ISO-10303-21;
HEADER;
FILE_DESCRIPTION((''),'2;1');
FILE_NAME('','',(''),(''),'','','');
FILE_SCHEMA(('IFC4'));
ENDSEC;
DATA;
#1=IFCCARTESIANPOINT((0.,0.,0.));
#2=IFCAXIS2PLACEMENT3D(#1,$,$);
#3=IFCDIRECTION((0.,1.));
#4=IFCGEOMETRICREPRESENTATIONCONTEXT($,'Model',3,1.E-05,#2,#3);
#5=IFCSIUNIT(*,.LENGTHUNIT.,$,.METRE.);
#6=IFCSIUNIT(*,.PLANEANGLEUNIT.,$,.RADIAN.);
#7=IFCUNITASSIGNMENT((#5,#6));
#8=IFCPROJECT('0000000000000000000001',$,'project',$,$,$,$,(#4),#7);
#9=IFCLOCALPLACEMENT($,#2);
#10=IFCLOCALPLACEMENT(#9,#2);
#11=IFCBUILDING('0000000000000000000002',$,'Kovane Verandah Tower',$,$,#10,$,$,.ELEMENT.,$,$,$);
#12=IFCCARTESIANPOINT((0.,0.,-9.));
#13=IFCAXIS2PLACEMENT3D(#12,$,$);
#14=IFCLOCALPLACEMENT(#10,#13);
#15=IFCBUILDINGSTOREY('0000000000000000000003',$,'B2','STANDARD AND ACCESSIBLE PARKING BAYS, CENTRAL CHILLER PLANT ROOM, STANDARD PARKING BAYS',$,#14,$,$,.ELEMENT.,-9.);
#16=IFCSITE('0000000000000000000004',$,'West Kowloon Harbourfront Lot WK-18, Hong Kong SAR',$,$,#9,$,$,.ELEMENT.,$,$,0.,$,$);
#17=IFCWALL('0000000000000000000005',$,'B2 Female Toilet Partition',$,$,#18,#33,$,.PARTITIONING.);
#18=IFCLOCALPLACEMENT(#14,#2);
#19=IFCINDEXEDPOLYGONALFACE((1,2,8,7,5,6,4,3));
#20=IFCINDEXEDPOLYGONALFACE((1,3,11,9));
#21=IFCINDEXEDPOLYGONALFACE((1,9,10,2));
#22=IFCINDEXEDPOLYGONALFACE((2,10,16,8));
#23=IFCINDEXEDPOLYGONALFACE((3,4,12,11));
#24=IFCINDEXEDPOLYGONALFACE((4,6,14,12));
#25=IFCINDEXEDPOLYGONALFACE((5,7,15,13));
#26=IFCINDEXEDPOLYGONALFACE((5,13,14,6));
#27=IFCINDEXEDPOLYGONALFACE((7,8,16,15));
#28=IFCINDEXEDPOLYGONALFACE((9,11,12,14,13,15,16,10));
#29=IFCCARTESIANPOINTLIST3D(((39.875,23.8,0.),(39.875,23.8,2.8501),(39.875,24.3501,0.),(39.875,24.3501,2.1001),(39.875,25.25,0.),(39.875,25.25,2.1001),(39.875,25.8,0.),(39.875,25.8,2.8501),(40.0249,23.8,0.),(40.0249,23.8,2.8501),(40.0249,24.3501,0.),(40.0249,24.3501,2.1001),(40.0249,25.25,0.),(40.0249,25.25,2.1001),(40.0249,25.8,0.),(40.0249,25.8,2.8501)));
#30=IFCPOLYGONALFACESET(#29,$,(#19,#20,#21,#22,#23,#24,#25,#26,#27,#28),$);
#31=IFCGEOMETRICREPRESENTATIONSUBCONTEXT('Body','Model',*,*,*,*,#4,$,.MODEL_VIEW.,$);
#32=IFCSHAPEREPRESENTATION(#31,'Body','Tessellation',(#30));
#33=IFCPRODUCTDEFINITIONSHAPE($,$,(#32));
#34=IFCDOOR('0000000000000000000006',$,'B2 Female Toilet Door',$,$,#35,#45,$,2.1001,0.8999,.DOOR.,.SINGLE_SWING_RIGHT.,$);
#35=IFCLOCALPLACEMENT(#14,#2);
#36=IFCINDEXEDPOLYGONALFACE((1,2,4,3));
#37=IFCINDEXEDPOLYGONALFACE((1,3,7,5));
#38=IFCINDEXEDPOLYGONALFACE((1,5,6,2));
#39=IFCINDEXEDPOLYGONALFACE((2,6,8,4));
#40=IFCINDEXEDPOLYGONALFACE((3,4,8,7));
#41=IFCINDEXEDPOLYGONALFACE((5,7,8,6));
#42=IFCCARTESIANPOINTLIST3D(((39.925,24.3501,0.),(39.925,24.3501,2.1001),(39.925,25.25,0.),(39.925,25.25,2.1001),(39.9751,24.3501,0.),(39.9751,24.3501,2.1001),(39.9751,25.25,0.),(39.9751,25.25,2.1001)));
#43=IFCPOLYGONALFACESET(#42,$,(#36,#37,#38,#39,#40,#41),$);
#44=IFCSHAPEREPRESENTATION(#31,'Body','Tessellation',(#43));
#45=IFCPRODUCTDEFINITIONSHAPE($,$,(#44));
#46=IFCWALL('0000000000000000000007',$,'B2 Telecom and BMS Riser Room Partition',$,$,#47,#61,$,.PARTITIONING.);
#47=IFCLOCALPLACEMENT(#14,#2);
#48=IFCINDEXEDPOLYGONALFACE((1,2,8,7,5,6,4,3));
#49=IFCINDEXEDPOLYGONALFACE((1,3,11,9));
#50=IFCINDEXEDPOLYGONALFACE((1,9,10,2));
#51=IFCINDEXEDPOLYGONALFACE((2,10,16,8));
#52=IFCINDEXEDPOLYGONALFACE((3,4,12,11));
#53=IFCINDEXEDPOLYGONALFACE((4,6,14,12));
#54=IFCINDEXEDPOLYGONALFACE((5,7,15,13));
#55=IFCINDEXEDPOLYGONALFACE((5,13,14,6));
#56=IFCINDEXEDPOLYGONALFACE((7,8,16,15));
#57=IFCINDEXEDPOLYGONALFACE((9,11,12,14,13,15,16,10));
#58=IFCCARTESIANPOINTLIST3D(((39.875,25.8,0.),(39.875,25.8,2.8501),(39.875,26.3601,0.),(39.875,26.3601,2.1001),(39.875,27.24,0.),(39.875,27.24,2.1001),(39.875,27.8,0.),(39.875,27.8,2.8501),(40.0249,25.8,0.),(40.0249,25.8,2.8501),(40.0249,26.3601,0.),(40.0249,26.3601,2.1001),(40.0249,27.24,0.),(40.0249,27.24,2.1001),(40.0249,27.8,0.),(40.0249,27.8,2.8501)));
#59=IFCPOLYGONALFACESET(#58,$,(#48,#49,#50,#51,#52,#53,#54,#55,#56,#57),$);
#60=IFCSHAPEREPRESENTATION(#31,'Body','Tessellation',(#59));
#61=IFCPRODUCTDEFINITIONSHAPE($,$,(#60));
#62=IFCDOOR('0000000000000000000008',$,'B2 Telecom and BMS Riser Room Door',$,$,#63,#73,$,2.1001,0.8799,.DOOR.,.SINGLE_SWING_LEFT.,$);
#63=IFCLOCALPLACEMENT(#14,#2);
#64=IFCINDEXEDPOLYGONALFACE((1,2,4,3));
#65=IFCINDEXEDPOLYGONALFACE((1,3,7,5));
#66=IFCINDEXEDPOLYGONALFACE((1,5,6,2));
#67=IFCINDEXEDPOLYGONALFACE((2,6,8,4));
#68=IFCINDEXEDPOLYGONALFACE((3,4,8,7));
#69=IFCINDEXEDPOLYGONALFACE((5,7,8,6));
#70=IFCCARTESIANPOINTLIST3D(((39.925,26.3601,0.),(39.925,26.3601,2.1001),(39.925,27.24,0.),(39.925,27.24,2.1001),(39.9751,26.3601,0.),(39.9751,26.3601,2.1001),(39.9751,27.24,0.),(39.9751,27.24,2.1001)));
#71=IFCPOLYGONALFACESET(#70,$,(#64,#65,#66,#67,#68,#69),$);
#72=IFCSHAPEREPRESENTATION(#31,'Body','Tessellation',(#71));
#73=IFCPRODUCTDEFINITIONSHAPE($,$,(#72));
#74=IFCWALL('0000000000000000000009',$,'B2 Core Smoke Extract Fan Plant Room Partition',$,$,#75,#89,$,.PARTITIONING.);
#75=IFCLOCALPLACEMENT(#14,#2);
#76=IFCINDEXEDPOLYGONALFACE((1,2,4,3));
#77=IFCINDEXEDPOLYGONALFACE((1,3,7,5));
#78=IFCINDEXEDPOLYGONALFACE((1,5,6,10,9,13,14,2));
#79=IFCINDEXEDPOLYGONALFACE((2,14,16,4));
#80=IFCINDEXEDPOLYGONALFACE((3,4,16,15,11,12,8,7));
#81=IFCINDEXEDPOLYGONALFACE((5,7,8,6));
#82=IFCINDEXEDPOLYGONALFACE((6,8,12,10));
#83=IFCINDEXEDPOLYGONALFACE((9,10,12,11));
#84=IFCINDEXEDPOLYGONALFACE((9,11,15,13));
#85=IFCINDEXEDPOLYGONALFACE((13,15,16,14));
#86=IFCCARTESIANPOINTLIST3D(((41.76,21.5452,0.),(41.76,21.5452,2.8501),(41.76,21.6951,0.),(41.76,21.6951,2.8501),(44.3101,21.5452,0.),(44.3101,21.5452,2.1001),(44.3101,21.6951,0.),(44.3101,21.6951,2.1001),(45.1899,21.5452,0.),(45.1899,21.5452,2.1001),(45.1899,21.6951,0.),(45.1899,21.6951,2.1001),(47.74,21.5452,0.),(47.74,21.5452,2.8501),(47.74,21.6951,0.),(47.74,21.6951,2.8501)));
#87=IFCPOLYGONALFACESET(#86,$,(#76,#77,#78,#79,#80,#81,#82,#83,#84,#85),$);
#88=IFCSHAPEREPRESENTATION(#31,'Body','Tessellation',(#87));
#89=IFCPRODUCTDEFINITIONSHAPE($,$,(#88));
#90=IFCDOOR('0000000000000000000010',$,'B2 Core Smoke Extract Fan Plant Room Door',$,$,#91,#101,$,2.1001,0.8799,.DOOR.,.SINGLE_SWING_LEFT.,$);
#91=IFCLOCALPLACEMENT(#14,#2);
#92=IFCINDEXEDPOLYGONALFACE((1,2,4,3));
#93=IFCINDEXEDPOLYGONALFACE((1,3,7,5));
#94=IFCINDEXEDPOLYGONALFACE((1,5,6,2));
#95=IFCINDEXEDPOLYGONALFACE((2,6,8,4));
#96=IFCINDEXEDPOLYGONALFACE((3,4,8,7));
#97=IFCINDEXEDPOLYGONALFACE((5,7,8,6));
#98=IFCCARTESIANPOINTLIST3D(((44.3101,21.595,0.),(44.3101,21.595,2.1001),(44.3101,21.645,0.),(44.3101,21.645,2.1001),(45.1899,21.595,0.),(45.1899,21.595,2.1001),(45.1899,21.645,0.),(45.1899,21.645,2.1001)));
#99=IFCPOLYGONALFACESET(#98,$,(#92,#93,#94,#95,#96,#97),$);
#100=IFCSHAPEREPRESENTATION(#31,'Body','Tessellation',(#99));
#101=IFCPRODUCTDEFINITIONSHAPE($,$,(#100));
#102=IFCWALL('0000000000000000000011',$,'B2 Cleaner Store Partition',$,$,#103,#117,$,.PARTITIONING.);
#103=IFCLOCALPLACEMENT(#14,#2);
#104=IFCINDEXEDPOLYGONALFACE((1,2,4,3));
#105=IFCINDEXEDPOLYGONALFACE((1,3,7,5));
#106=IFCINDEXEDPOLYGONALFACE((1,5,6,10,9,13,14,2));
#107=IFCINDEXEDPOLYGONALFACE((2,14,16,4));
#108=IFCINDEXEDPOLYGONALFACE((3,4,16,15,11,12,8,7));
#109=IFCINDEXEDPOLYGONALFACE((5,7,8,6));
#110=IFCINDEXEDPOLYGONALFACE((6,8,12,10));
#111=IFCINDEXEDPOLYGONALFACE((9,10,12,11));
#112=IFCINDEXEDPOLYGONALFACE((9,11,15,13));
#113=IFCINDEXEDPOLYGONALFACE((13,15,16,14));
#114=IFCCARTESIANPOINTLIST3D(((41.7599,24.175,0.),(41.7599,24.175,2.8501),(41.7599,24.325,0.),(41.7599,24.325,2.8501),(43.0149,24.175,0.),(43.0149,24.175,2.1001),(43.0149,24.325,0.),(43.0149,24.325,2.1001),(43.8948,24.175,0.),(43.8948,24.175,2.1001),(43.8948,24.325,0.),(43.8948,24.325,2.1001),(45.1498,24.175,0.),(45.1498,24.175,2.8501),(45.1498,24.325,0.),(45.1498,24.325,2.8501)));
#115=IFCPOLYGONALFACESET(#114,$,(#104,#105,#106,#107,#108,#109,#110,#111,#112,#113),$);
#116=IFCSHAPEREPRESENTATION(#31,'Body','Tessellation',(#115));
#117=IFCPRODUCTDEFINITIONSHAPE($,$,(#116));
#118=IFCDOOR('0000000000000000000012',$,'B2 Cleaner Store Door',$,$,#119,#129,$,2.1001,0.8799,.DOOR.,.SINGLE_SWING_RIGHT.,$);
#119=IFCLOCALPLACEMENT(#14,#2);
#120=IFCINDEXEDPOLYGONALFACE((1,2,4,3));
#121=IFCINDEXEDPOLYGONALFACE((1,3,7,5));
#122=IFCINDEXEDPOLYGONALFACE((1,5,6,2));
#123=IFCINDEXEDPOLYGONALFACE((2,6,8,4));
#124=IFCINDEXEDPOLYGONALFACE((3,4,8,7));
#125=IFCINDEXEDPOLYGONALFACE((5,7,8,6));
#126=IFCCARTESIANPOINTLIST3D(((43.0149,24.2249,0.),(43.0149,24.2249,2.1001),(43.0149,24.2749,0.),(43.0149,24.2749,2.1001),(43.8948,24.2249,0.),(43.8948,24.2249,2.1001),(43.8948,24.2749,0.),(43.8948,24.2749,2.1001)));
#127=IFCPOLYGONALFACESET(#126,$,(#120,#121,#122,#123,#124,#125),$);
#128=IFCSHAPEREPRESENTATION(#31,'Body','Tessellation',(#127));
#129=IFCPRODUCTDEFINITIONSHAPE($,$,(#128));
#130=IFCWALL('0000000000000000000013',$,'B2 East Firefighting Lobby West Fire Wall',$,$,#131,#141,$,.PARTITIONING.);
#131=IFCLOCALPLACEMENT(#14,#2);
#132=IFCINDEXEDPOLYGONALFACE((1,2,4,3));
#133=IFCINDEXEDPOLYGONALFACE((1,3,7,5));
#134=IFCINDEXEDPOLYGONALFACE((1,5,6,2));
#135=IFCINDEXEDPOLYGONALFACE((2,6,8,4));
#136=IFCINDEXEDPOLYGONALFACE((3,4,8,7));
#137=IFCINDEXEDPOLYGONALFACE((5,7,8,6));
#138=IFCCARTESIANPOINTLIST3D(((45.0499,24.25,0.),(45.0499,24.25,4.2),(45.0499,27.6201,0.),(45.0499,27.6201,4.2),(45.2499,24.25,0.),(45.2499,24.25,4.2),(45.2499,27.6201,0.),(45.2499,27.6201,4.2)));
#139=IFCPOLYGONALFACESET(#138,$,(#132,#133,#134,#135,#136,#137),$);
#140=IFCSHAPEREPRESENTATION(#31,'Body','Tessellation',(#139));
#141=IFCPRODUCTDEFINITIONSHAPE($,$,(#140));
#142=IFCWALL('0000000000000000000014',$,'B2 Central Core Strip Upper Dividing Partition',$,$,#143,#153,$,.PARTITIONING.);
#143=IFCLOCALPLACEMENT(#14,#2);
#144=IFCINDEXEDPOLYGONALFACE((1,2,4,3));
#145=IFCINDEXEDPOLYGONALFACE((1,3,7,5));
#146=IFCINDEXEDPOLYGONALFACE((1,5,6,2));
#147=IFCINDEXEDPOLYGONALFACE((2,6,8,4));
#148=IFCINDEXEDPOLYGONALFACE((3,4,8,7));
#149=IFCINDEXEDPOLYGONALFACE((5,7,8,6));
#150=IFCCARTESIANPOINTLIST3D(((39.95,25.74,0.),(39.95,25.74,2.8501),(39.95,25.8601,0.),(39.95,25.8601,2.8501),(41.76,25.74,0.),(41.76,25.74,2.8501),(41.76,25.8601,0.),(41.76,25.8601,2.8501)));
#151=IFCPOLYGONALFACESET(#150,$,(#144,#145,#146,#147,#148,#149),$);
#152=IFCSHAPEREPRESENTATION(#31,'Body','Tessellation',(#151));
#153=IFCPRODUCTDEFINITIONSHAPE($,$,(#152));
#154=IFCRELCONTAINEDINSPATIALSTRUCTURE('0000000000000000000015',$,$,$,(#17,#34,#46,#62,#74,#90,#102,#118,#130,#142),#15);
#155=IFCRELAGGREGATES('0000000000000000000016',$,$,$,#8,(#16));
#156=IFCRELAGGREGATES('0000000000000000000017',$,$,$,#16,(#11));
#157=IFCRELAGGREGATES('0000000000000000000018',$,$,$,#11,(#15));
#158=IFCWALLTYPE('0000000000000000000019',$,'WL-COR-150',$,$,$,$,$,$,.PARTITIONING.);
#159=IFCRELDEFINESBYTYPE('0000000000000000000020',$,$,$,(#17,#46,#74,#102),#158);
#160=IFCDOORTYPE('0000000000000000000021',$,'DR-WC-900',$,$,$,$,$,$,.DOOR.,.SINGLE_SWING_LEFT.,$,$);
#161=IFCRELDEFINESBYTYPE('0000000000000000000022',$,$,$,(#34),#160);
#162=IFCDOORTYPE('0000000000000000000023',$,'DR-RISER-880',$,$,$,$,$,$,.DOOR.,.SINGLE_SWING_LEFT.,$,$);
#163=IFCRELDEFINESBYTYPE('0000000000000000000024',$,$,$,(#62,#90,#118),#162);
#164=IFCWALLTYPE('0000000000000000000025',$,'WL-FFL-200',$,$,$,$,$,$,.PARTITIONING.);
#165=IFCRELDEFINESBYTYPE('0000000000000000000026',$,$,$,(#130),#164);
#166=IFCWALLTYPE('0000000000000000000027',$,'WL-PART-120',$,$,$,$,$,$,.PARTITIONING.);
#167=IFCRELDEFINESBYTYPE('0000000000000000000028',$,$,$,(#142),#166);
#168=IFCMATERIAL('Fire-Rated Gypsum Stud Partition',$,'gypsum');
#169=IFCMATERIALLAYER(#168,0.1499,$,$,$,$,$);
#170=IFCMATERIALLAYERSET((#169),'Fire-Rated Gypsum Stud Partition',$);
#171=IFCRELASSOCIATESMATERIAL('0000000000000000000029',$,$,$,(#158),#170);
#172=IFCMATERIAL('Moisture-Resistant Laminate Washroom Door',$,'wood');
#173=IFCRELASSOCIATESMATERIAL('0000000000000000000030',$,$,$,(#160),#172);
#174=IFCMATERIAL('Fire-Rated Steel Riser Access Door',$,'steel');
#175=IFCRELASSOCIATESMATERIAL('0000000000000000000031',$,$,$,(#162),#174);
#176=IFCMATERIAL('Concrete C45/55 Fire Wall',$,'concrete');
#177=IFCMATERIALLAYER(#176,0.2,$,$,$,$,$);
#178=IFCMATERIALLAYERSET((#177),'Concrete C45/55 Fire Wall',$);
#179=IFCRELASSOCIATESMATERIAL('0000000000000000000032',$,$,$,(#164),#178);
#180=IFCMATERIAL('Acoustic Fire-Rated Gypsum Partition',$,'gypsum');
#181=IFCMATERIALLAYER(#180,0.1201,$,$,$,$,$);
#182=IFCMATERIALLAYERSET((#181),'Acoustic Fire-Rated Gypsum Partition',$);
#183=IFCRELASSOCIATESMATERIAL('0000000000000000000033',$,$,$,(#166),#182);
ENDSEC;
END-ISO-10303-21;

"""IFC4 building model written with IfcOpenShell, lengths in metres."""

from ifc_helpers import new_model, si_unit, direction, frame, frame_2d, origin, place, context, subcontext, project, spatial, rectangle, extrude, material, layer, layer_set, type_object, element, fill, save


model = new_model("IFC4")

# Units and contexts
model_context = context("Model", 3, precision=1e-05, world=origin(), true_north=direction((0.0, 1.0)))
body_context = subcontext(model_context, "Body", "Model", "MODEL_VIEW")
ifc_project = project(units=[si_unit("LENGTHUNIT", "METRE"), si_unit("PLANEANGLEUNIT", "RADIAN")], contexts=[model_context])

# Site, building, storey
site_placement = place(None, origin())
site = spatial("IfcSite", under=ifc_project, at=site_placement, Name="West Kowloon Harbourfront Lot WK-18, Hong Kong SAR", CompositionType="ELEMENT", RefElevation=0.0)
building_placement = place(site_placement, origin())
building = spatial("IfcBuilding", under=site, at=building_placement, Name="Kovane Verandah Tower", CompositionType="ELEMENT")
storey_placement = place(building_placement, frame((0.0, 0.0, -9.0)))
storey = spatial("IfcBuildingStorey", under=building, at=storey_placement, Name="B2", Description="STANDARD AND ACCESSIBLE PARKING BAYS, CENTRAL CHILLER PLANT ROOM, STANDARD PARKING BAYS", CompositionType="ELEMENT", Elevation=-9.0)

# Shared definitions
ifc_material_1 = material(Name="Fire-Rated Gypsum Stud Partition", Category="gypsum")
ifc_layer_1 = layer(ifc_material_1, 0.1499)
ifc_layer_set_1 = layer_set([ifc_layer_1], Name="Fire-Rated Gypsum Stud Partition")
wall_type_1 = type_object("IfcWallType", Name="WL-COR-150", PredefinedType="PARTITIONING", material=ifc_layer_set_1)

# Walls, openings, doors
ifc_material_2 = material(Name="Moisture-Resistant Laminate Washroom Door", Category="wood")
door_type_1 = type_object("IfcDoorType", Name="DR-WC-900", OperationType="SINGLE_SWING_LEFT", PredefinedType="DOOR", material=ifc_material_2)
wall_1_placement = place(storey_placement, frame((39.95, 23.8, 0.0), z_axis=(0.0, 0.0, 1.0), x_axis=(0.0, 1.0, 0.0)))
wall_1 = element("IfcWall", 1, at=wall_1_placement, inside=storey, type_object=wall_type_1, Name="B2 Female Toilet Partition", PredefinedType="PARTITIONING", context=body_context, shape_type="SweptSolid", body=[
    extrude(rectangle(XDim=2.0, YDim=0.1499, at=frame_2d((1.0, 0.0))), origin(), (0.0, 0.0, 1.0), 2.8501),
])
opening_1_placement = place(wall_1_placement, frame((0.55, 0.0, 0.0)))
opening_1 = element("IfcOpeningElement", 2, at=opening_1_placement, cuts=wall_1, PredefinedType="OPENING", context=body_context, shape_type="SweptSolid", body=[
    extrude(rectangle(XDim=0.8999, YDim=2.1001, at=frame_2d((0.45, 1.05))), frame((0.0, 0.075, 0.0), z_axis=(0.0, -1.0, 0.0), x_axis=(1.0, 0.0, 0.0)), (0.0, 0.0, 1.0), 0.1499),
])
door_1_placement = place(opening_1_placement, origin())
door_1 = element("IfcDoor", 3, at=door_1_placement, inside=storey, type_object=door_type_1, Name="B2 Female Toilet Door", OperationType="SINGLE_SWING_RIGHT", OverallHeight=2.1001, OverallWidth=0.8999, PredefinedType="DOOR", context=body_context, shape_type="SweptSolid", body=[
    extrude(rectangle(XDim=0.8999, YDim=2.1001, at=frame_2d((0.45, 1.05))), frame((0.0, 0.0249, 0.0), z_axis=(0.0, -1.0, 0.0), x_axis=(1.0, 0.0, 0.0)), (0.0, 0.0, 1.0), 0.05),
])
fill(opening_1, door_1)
wall_2_placement = place(storey_placement, frame((39.95, 25.8, 0.0), z_axis=(0.0, 0.0, 1.0), x_axis=(0.0, 1.0, 0.0)))
wall_2 = element("IfcWall", 4, at=wall_2_placement, inside=storey, type_object=wall_type_1, Name="B2 Telecom and BMS Riser Room Partition", PredefinedType="PARTITIONING", context=body_context, shape_type="SweptSolid", body=[
    extrude(rectangle(XDim=2.0, YDim=0.1499, at=frame_2d((1.0, 0.0))), origin(), (0.0, 0.0, 1.0), 2.8501),
])
opening_2_placement = place(wall_2_placement, frame((0.5601, 0.0, 0.0)))
opening_2 = element("IfcOpeningElement", 5, at=opening_2_placement, cuts=wall_2, PredefinedType="OPENING", context=body_context, shape_type="SweptSolid", body=[
    extrude(rectangle(XDim=0.8799, YDim=2.1001, at=frame_2d((0.4399, 1.05))), frame((0.0, 0.075, 0.0), z_axis=(0.0, -1.0, 0.0), x_axis=(1.0, 0.0, 0.0)), (0.0, 0.0, 1.0), 0.1499),
])
ifc_material_3 = material(Name="Fire-Rated Steel Riser Access Door", Category="steel")
door_type_2 = type_object("IfcDoorType", Name="DR-RISER-880", OperationType="SINGLE_SWING_LEFT", PredefinedType="DOOR", material=ifc_material_3)
door_2_placement = place(opening_2_placement, origin())
door_2 = element("IfcDoor", 6, at=door_2_placement, inside=storey, type_object=door_type_2, Name="B2 Telecom and BMS Riser Room Door", OperationType="SINGLE_SWING_LEFT", OverallHeight=2.1001, OverallWidth=0.8799, PredefinedType="DOOR", context=body_context, shape_type="SweptSolid", body=[
    extrude(rectangle(XDim=0.8799, YDim=2.1001, at=frame_2d((0.4399, 1.05))), frame((0.0, 0.0249, 0.0), z_axis=(0.0, -1.0, 0.0), x_axis=(1.0, 0.0, 0.0)), (0.0, 0.0, 1.0), 0.05),
])
fill(opening_2, door_2)
wall_3_placement = place(storey_placement, frame((41.76, 21.6201, 0.0), z_axis=(0.0, 0.0, 1.0), x_axis=(1.0, 0.0, 0.0)))
wall_3 = element("IfcWall", 7, at=wall_3_placement, inside=storey, type_object=wall_type_1, Name="B2 Core Smoke Extract Fan Plant Room Partition", PredefinedType="PARTITIONING", context=body_context, shape_type="SweptSolid", body=[
    extrude(rectangle(XDim=5.98, YDim=0.1499, at=frame_2d((2.99, 0.0))), origin(), (0.0, 0.0, 1.0), 2.8501),
])
opening_3_placement = place(wall_3_placement, frame((2.55, 0.0, 0.0)))
opening_3 = element("IfcOpeningElement", 8, at=opening_3_placement, cuts=wall_3, PredefinedType="OPENING", context=body_context, shape_type="SweptSolid", body=[
    extrude(rectangle(XDim=0.8799, YDim=2.1001, at=frame_2d((0.4399, 1.05))), frame((0.0, 0.075, 0.0), z_axis=(0.0, -1.0, 0.0), x_axis=(1.0, 0.0, 0.0)), (0.0, 0.0, 1.0), 0.1499),
])
door_3_placement = place(opening_3_placement, origin())
door_3 = element("IfcDoor", 9, at=door_3_placement, inside=storey, type_object=door_type_2, Name="B2 Core Smoke Extract Fan Plant Room Door", OperationType="SINGLE_SWING_LEFT", OverallHeight=2.1001, OverallWidth=0.8799, PredefinedType="DOOR", context=body_context, shape_type="SweptSolid", body=[
    extrude(rectangle(XDim=0.8799, YDim=2.1001, at=frame_2d((0.4399, 1.05))), frame((0.0, 0.0249, 0.0), z_axis=(0.0, -1.0, 0.0), x_axis=(1.0, 0.0, 0.0)), (0.0, 0.0, 1.0), 0.05),
])
fill(opening_3, door_3)
wall_4_placement = place(storey_placement, frame((41.76, 24.25, 0.0), z_axis=(0.0, 0.0, 1.0), x_axis=(1.0, 0.0, 0.0)))
wall_4 = element("IfcWall", 10, at=wall_4_placement, inside=storey, type_object=wall_type_1, Name="B2 Cleaner Store Partition", PredefinedType="PARTITIONING", context=body_context, shape_type="SweptSolid", body=[
    extrude(rectangle(XDim=3.3899, YDim=0.1499, at=frame_2d((1.6948, 0.0))), origin(), (0.0, 0.0, 1.0), 2.8501),
])
opening_4_placement = place(wall_4_placement, frame((1.2549, 0.0, 0.0)))
opening_4 = element("IfcOpeningElement", 11, at=opening_4_placement, cuts=wall_4, PredefinedType="OPENING", context=body_context, shape_type="SweptSolid", body=[
    extrude(rectangle(XDim=0.8799, YDim=2.1001, at=frame_2d((0.4399, 1.05))), frame((0.0, 0.075, 0.0), z_axis=(0.0, -1.0, 0.0), x_axis=(1.0, 0.0, 0.0)), (0.0, 0.0, 1.0), 0.1499),
])
door_4_placement = place(opening_4_placement, origin())
door_4 = element("IfcDoor", 12, at=door_4_placement, inside=storey, type_object=door_type_2, Name="B2 Cleaner Store Door", OperationType="SINGLE_SWING_RIGHT", OverallHeight=2.1001, OverallWidth=0.8799, PredefinedType="DOOR", context=body_context, shape_type="SweptSolid", body=[
    extrude(rectangle(XDim=0.8799, YDim=2.1001, at=frame_2d((0.4399, 1.05))), frame((0.0, 0.0249, 0.0), z_axis=(0.0, -1.0, 0.0), x_axis=(1.0, 0.0, 0.0)), (0.0, 0.0, 1.0), 0.05),
])
fill(opening_4, door_4)

# Walls
ifc_material_4 = material(Name="Concrete C45/55 Fire Wall", Category="concrete")
ifc_layer_2 = layer(ifc_material_4, 0.2)
ifc_layer_set_2 = layer_set([ifc_layer_2], Name="Concrete C45/55 Fire Wall")
wall_type_2 = type_object("IfcWallType", Name="WL-FFL-200", PredefinedType="PARTITIONING", material=ifc_layer_set_2)
wall_5_placement = place(storey_placement, frame((45.1499, 24.25, 0.0), z_axis=(0.0, 0.0, 1.0), x_axis=(0.0, 1.0, 0.0)))
element("IfcWall", 13, at=wall_5_placement, inside=storey, type_object=wall_type_2, Name="B2 East Firefighting Lobby West Fire Wall", PredefinedType="PARTITIONING", context=body_context, shape_type="SweptSolid", body=[
    extrude(rectangle(XDim=3.3701, YDim=0.2, at=frame_2d((1.6851, 0.0))), origin(), (0.0, 0.0, 1.0), 4.2),
])
ifc_material_5 = material(Name="Acoustic Fire-Rated Gypsum Partition", Category="gypsum")
ifc_layer_3 = layer(ifc_material_5, 0.1201)
ifc_layer_set_3 = layer_set([ifc_layer_3], Name="Acoustic Fire-Rated Gypsum Partition")
wall_type_3 = type_object("IfcWallType", Name="WL-PART-120", PredefinedType="PARTITIONING", material=ifc_layer_set_3)
wall_6_placement = place(storey_placement, frame((39.95, 25.8, 0.0), z_axis=(0.0, 0.0, 1.0), x_axis=(1.0, 0.0, 0.0)))
element("IfcWall", 14, at=wall_6_placement, inside=storey, type_object=wall_type_3, Name="B2 Central Core Strip Upper Dividing Partition", PredefinedType="PARTITIONING", context=body_context, shape_type="SweptSolid", body=[
    extrude(rectangle(XDim=1.8101, YDim=0.1201, at=frame_2d((0.905, 0.0))), origin(), (0.0, 0.0, 1.0), 2.8501),
])

save(model, "model.ifc")
